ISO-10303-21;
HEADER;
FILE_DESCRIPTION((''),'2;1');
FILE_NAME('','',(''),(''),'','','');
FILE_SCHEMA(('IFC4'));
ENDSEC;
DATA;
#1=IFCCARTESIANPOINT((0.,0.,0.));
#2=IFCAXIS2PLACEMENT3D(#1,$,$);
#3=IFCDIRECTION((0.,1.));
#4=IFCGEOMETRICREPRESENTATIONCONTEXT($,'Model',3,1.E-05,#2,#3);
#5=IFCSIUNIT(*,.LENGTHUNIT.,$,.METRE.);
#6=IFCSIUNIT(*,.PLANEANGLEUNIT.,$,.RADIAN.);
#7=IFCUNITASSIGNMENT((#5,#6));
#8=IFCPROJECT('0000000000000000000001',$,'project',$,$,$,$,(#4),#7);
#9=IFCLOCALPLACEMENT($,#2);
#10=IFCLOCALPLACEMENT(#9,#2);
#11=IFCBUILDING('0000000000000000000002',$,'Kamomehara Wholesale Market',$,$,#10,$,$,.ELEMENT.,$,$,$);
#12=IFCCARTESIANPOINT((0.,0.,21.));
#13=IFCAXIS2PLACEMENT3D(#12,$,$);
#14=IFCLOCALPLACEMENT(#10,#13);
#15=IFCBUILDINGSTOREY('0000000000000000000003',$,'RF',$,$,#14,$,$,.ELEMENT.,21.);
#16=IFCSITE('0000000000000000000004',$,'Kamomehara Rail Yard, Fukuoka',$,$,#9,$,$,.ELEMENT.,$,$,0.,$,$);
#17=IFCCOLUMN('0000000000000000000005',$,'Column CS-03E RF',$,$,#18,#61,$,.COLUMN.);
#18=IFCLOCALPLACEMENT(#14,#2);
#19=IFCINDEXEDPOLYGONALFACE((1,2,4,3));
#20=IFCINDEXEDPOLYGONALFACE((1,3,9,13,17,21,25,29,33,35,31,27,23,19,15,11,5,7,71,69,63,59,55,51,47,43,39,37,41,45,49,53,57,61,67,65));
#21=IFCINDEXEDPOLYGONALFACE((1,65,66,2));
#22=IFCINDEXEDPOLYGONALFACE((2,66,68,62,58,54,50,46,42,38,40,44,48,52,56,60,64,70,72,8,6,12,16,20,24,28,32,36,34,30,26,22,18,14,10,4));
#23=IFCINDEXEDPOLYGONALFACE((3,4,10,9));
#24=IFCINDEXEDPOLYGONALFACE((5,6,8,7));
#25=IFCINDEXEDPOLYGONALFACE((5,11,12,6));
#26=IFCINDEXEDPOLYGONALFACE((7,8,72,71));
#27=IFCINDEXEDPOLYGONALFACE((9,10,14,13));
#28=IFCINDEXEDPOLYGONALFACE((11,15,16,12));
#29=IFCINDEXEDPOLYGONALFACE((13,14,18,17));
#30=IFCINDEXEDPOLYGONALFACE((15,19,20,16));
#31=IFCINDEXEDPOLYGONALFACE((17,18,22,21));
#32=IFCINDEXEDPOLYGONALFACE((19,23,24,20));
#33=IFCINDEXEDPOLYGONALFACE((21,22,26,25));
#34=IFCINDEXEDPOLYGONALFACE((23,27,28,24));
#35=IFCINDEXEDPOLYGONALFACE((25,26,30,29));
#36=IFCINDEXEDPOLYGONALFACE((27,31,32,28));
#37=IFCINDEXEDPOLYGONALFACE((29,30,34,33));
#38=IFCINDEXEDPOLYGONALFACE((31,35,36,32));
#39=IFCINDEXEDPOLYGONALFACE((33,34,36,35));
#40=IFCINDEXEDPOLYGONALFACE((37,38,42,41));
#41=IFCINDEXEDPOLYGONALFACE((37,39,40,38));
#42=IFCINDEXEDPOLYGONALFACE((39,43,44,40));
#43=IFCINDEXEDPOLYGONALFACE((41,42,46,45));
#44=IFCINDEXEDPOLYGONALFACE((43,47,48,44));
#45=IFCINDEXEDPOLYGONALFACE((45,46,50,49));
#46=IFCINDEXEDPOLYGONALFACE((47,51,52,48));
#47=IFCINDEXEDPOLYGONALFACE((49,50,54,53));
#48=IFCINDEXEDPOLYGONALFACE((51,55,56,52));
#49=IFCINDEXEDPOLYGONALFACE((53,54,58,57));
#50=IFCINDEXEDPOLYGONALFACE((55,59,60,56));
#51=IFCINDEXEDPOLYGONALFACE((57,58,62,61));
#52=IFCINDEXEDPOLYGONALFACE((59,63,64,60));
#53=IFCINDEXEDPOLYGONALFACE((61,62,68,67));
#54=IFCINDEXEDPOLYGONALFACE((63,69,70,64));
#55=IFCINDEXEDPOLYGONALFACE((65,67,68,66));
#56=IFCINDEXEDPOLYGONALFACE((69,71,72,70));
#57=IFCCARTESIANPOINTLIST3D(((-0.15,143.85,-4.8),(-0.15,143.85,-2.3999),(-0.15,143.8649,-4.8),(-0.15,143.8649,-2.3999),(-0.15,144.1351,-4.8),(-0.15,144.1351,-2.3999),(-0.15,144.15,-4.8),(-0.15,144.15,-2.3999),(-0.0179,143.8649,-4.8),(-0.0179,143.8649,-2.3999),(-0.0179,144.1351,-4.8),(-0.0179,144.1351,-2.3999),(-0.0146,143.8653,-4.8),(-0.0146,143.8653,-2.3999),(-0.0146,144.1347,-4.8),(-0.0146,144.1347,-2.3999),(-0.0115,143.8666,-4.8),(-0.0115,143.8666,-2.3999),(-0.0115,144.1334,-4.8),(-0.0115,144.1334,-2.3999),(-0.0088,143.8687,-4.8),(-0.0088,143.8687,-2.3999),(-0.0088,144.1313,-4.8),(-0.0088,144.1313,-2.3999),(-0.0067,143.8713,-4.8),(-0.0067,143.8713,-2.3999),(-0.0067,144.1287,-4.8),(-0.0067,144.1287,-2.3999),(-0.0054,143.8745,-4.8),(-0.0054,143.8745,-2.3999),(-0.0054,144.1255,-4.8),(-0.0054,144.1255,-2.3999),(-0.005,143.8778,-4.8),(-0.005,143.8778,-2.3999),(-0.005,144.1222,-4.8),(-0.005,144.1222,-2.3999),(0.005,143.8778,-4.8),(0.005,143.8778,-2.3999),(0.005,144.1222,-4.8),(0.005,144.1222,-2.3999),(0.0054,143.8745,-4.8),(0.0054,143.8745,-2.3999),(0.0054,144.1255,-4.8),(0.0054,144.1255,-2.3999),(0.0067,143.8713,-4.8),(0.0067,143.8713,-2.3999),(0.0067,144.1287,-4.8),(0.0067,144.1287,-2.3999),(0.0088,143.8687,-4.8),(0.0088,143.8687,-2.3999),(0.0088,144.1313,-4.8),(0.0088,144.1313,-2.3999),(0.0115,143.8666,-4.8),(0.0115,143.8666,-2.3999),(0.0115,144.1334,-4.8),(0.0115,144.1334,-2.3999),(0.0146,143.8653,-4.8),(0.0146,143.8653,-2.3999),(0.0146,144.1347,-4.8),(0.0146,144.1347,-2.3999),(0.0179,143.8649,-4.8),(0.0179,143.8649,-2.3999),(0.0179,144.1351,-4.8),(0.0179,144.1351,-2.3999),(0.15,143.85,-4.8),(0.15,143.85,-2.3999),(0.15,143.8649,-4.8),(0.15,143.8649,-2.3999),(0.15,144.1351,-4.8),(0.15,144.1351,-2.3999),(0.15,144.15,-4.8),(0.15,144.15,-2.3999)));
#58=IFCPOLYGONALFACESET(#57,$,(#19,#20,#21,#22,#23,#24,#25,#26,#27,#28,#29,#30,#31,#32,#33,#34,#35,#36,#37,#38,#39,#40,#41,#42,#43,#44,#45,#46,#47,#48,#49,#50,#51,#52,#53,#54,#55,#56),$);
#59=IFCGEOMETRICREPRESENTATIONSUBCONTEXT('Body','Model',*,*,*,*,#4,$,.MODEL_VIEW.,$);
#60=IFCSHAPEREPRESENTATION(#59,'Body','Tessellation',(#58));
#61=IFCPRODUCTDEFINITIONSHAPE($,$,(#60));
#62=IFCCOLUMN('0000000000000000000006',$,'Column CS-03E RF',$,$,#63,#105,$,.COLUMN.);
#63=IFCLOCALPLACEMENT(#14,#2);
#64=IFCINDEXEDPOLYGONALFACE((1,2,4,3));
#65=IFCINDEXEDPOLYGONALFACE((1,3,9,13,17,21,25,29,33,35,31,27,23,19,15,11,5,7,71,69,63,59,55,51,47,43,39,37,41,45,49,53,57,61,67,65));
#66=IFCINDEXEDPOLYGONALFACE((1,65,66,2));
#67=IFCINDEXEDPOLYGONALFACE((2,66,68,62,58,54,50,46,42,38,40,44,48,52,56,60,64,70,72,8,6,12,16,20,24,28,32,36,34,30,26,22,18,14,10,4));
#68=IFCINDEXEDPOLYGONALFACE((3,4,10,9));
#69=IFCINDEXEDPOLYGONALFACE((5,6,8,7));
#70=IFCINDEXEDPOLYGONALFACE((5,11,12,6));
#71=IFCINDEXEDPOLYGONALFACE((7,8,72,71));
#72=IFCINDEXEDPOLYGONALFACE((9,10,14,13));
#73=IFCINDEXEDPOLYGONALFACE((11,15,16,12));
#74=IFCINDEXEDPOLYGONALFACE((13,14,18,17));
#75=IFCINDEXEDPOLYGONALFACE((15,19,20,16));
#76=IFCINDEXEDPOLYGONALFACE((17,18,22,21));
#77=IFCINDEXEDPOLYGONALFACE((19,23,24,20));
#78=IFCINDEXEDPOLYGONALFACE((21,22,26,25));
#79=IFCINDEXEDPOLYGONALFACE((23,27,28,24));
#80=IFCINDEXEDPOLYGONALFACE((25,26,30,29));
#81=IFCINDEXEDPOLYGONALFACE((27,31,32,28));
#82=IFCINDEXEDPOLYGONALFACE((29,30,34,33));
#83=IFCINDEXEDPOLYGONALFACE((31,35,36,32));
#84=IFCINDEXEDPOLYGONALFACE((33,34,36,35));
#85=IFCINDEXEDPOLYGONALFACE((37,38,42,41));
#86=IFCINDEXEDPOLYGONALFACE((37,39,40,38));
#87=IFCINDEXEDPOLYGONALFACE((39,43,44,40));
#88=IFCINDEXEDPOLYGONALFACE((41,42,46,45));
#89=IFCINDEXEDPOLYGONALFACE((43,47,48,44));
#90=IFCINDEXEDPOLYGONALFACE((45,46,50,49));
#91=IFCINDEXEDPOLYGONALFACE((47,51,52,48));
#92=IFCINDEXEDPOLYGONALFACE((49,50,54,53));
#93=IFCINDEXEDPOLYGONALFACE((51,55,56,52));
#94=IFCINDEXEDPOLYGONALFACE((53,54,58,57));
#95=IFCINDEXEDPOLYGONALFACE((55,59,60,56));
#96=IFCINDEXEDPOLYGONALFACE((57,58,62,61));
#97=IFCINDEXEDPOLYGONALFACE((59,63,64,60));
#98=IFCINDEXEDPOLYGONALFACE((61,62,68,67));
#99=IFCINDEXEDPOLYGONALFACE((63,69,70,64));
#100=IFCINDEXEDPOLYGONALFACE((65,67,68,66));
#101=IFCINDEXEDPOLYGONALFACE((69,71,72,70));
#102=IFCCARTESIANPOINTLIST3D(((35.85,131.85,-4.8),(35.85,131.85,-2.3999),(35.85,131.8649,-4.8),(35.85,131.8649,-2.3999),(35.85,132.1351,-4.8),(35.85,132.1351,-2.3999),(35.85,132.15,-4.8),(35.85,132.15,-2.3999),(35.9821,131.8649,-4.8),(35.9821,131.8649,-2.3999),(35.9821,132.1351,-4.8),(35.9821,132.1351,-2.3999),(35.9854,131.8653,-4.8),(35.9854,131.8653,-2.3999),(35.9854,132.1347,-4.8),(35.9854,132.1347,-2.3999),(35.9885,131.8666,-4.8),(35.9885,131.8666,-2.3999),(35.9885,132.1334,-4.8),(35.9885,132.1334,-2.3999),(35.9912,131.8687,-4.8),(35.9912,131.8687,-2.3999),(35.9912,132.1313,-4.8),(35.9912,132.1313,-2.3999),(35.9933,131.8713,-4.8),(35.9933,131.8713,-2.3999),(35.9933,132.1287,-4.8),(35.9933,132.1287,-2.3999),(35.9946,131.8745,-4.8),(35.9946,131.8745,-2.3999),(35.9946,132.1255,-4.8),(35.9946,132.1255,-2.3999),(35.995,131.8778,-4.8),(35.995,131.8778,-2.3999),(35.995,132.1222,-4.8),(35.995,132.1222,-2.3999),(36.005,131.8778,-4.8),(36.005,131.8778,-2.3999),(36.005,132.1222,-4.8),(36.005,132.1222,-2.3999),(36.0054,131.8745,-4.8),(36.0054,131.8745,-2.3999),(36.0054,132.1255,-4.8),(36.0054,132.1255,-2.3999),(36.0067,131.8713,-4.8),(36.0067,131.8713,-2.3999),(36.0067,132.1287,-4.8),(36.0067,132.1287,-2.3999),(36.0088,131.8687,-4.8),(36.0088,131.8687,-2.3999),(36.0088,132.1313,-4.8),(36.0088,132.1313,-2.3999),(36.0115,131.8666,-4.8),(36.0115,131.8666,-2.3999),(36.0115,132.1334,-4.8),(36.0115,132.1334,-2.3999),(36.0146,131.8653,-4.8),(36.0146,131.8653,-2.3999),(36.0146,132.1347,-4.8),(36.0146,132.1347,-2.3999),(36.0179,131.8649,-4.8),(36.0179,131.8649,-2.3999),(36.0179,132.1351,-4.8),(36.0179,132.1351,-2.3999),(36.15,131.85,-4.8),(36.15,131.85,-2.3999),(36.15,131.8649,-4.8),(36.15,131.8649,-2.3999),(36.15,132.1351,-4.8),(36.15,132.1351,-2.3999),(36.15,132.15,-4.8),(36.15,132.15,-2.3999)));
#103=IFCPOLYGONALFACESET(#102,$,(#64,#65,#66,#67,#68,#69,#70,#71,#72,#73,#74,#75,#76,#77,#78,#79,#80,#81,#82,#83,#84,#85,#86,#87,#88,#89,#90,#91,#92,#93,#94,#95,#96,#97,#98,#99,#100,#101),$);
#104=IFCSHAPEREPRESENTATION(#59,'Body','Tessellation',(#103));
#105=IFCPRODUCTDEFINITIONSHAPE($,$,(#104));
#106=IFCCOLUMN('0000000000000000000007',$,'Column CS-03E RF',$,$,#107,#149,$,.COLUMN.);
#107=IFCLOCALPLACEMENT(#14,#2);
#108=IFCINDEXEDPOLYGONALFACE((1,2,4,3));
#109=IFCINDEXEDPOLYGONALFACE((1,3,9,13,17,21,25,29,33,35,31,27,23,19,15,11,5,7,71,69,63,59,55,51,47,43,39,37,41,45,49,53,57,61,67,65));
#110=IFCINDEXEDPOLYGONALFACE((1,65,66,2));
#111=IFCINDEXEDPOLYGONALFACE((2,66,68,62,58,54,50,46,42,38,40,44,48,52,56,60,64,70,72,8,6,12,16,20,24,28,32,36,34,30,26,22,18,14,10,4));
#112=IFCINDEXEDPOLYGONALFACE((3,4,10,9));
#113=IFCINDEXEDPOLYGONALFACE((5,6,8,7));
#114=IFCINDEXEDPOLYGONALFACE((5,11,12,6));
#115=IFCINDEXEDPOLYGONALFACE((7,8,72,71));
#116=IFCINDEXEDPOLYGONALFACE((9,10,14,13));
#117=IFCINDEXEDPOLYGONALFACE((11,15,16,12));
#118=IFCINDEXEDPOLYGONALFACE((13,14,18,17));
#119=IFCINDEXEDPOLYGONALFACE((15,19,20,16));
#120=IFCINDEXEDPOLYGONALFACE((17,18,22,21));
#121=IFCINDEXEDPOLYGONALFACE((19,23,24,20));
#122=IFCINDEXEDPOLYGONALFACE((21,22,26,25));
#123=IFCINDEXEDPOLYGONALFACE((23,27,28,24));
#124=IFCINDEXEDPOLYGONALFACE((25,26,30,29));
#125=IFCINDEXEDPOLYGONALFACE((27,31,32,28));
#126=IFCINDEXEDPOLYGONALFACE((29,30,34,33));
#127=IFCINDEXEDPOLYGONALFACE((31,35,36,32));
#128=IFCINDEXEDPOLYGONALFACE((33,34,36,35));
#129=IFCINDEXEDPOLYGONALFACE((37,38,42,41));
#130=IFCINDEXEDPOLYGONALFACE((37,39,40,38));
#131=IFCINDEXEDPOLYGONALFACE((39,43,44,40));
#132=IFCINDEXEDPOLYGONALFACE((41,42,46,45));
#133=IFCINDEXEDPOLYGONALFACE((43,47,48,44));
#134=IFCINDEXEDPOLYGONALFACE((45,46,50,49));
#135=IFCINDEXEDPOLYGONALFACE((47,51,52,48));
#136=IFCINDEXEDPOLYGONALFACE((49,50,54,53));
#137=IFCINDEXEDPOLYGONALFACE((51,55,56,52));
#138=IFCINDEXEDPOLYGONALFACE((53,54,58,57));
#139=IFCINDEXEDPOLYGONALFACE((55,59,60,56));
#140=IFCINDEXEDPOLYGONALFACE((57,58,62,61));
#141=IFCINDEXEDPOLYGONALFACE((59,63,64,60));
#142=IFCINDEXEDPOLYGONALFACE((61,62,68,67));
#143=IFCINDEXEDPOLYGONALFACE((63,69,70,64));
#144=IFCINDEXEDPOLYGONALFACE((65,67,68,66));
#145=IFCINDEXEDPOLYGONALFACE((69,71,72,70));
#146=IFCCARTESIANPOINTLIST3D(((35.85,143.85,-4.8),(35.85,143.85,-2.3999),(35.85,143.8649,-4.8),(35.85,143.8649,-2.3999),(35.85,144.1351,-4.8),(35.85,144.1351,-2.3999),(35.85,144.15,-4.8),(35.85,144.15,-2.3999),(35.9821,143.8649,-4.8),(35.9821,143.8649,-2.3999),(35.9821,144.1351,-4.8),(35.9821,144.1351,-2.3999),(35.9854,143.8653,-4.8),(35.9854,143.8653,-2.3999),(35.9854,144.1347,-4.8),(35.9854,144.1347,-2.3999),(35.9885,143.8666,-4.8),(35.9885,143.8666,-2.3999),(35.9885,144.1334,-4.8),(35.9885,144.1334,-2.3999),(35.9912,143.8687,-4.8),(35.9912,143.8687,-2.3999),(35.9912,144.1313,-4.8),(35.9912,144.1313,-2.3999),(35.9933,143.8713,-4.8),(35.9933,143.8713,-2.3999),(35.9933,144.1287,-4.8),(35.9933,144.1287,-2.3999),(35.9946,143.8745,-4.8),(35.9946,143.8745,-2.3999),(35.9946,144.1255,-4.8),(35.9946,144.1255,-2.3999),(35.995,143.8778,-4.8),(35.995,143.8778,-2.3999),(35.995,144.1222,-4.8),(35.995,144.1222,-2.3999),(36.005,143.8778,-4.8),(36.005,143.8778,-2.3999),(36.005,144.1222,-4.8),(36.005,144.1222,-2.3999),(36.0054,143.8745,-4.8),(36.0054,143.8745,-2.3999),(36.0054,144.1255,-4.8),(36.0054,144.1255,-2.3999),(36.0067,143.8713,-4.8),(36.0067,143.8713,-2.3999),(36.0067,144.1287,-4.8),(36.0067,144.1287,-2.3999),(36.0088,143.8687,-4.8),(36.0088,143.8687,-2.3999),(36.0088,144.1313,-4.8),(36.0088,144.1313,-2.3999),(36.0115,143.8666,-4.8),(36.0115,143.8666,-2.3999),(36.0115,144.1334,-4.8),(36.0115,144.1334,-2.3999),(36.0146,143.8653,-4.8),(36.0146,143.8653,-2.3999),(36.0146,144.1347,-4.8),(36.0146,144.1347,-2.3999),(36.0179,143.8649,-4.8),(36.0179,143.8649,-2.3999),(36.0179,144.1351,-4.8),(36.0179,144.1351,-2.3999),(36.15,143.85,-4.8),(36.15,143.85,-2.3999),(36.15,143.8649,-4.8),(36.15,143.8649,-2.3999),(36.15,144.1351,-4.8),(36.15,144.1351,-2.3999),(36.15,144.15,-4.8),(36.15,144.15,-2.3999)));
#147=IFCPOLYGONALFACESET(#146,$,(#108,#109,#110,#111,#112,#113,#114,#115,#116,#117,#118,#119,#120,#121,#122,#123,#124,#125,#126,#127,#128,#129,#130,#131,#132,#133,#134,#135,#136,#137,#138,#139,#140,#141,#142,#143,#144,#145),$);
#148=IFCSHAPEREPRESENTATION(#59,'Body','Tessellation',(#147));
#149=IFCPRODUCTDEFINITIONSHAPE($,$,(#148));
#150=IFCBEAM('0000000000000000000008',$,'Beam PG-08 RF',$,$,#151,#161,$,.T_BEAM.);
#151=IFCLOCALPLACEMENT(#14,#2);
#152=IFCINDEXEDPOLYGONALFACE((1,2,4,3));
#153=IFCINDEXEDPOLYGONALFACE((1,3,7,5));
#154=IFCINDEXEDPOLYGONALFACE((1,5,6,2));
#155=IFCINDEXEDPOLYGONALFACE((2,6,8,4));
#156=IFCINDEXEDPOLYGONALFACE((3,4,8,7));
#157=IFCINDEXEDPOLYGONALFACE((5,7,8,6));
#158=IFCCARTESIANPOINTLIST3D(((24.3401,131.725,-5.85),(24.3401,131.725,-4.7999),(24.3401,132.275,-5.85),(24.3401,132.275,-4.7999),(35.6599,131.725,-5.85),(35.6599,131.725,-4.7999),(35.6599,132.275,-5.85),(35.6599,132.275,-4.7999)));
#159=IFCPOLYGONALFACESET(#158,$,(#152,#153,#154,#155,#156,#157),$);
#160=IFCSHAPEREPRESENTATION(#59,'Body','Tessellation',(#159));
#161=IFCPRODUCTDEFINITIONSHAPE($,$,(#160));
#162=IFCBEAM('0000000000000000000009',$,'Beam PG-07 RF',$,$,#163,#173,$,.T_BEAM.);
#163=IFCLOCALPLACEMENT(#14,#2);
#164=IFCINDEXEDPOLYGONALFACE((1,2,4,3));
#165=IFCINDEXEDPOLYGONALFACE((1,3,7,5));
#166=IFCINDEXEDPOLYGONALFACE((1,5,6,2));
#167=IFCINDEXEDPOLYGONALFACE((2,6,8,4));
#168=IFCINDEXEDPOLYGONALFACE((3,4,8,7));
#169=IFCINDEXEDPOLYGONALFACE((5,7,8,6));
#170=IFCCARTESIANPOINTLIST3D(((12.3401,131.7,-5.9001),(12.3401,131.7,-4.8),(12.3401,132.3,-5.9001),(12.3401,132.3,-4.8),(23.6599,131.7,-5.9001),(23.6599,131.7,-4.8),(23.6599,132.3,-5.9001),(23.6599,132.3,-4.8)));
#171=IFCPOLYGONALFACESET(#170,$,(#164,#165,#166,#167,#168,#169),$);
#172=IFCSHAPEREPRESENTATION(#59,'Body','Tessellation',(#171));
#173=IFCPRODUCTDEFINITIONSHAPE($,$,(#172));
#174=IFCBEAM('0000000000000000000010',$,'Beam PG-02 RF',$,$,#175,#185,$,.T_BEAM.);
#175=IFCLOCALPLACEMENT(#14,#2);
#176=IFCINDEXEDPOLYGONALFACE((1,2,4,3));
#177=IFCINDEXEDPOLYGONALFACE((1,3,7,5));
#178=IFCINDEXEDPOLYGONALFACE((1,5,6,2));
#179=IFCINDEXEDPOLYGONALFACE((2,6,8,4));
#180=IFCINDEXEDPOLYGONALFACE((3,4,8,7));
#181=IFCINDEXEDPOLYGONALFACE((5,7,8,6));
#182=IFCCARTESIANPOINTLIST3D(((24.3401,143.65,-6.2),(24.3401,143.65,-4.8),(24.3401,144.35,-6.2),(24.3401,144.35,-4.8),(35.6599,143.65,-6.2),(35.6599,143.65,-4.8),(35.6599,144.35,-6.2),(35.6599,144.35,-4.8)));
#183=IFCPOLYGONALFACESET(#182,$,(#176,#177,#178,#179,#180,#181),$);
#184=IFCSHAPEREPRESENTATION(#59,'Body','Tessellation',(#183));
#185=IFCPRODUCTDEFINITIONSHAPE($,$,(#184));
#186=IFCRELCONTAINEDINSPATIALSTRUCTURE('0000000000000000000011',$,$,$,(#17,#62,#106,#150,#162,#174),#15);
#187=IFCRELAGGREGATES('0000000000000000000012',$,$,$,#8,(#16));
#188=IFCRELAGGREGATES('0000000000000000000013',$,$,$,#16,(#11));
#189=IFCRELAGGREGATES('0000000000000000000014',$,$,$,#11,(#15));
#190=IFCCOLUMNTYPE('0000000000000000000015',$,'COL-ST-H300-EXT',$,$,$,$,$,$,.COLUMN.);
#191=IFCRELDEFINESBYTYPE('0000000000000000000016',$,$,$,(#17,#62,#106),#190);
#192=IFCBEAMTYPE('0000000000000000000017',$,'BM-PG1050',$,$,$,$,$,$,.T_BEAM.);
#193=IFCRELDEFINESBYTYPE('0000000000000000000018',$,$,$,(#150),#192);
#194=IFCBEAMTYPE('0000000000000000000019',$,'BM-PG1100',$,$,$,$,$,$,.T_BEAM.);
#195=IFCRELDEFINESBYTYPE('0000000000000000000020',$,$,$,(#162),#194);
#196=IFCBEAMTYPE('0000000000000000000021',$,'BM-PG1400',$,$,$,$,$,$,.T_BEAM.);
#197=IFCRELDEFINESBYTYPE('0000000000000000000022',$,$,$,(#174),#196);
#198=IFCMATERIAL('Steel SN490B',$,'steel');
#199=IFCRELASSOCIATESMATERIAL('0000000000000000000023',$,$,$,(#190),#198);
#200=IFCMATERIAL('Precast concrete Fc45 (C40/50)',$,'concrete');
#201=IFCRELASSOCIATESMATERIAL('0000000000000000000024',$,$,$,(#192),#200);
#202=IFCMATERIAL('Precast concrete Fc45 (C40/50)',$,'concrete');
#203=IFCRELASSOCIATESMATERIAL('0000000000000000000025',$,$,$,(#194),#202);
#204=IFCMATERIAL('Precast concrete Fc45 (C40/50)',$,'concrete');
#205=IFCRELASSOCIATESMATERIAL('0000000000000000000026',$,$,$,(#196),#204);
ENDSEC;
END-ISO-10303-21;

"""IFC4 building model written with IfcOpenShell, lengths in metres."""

from ifc_helpers import new_model, si_unit, direction, frame, origin, origin_2d, place, context, subcontext, project, spatial, rectangle, i_section, extrude, material, material_profile, profile_set, type_object, element, save


model = new_model("IFC4")

# Units and contexts
model_context = context("Model", 3, precision=1e-05, world=origin(), true_north=direction((0.0, 1.0)))
body_context = subcontext(model_context, "Body", "Model", "MODEL_VIEW")
ifc_project = project(units=[si_unit("LENGTHUNIT", "METRE"), si_unit("PLANEANGLEUNIT", "RADIAN")], contexts=[model_context])

# Site, building, storey
site_placement = place(None, origin())
site = spatial("IfcSite", under=ifc_project, at=site_placement, Name="Kamomehara Rail Yard, Fukuoka", CompositionType="ELEMENT", RefElevation=0.0)
building_placement = place(site_placement, origin())
building = spatial("IfcBuilding", under=site, at=building_placement, Name="Kamomehara Wholesale Market", CompositionType="ELEMENT")
storey_placement = place(building_placement, frame((0.0, 0.0, 21.0)))
storey = spatial("IfcBuildingStorey", under=building, at=storey_placement, Name="RF", CompositionType="ELEMENT", Elevation=21.0)

# Columns
ifc_material_1 = material(Name="Steel SN490B", Category="steel")
ifc_material_profile_1 = material_profile(ifc_material_1, i_section(OverallWidth=0.3, OverallDepth=0.3, WebThickness=0.01, FlangeThickness=0.0149, FilletRadius=0.0129, at=origin_2d()), Name="H-300x300x10x15")
ifc_profile_set_1 = profile_set([ifc_material_profile_1], Name="Steel SN490B")
column_type_1 = type_object("IfcColumnType", Name="COL-ST-H300-EXT", PredefinedType="COLUMN", material=ifc_profile_set_1)
for number, where, z_axis, x_axis, name in (
    (1, (0.0, 144.0, -4.8), (0.0, 0.0, 1.0), (1.0, 0.0, 0.0), "Column CS-03E RF"),
    (2, (36.0, 132.0, -4.8), (0.0, 0.0, 1.0), (1.0, 0.0, 0.0), "Column CS-03E RF"),
    (3, (36.0, 144.0, -4.8), (0.0, 0.0, 1.0), (1.0, 0.0, 0.0), "Column CS-03E RF"),
):
    element("IfcColumn", number, at=place(storey_placement, frame(where, z_axis=z_axis, x_axis=x_axis)), inside=storey, type_object=column_type_1, Name=name, PredefinedType="COLUMN", context=body_context, shape_type="SweptSolid", body=[
        extrude(i_section(OverallWidth=0.3, OverallDepth=0.3, WebThickness=0.01, FlangeThickness=0.0149, FilletRadius=0.0129, at=origin_2d()), origin(), (0.0, 0.0, 1.0), 2.4001),
    ])

# Beams
ifc_material_2 = material(Name="Precast concrete Fc45 (C40/50)", Category="concrete")
ifc_material_profile_2 = material_profile(ifc_material_2, rectangle(XDim=0.55, YDim=1.05, at=origin_2d()), Name="PC-GRD-550x1050")
ifc_profile_set_2 = profile_set([ifc_material_profile_2], Name="Precast concrete Fc45 (C40/50)")
beam_type_1 = type_object("IfcBeamType", Name="BM-PG1050", PredefinedType="T_BEAM", material=ifc_profile_set_2)
beam_1_placement = place(storey_placement, frame((24.3401, 132.0, -5.325), z_axis=(1.0, 0.0, 0.0), x_axis=(0.0, 1.0, 0.0)))
element("IfcBeam", 4, at=beam_1_placement, inside=storey, type_object=beam_type_1, Name="Beam PG-08 RF", PredefinedType="T_BEAM", context=body_context, shape_type="SweptSolid", body=[
    extrude(rectangle(XDim=0.55, YDim=1.05, at=origin_2d()), origin(), (0.0, 0.0, 1.0), 11.3198),
])
ifc_material_3 = material(Name="Precast concrete Fc45 (C40/50)", Category="concrete")
ifc_material_profile_3 = material_profile(ifc_material_3, rectangle(XDim=0.6001, YDim=1.1001, at=origin_2d()), Name="PC-GRD-600x1100")
ifc_profile_set_3 = profile_set([ifc_material_profile_3], Name="Precast concrete Fc45 (C40/50)")
beam_type_2 = type_object("IfcBeamType", Name="BM-PG1100", PredefinedType="T_BEAM", material=ifc_profile_set_3)
beam_2_placement = place(storey_placement, frame((12.3401, 132.0, -5.3501), z_axis=(1.0, 0.0, 0.0), x_axis=(0.0, 1.0, 0.0)))
element("IfcBeam", 5, at=beam_2_placement, inside=storey, type_object=beam_type_2, Name="Beam PG-07 RF", PredefinedType="T_BEAM", context=body_context, shape_type="SweptSolid", body=[
    extrude(rectangle(XDim=0.6001, YDim=1.1001, at=origin_2d()), origin(), (0.0, 0.0, 1.0), 11.3198),
])
ifc_material_4 = material(Name="Precast concrete Fc45 (C40/50)", Category="concrete")
ifc_material_profile_4 = material_profile(ifc_material_4, rectangle(XDim=0.7, YDim=1.3999, at=origin_2d()), Name="PC-GRD-700x1400")
ifc_profile_set_4 = profile_set([ifc_material_profile_4], Name="Precast concrete Fc45 (C40/50)")
beam_type_3 = type_object("IfcBeamType", Name="BM-PG1400", PredefinedType="T_BEAM", material=ifc_profile_set_4)
beam_3_placement = place(storey_placement, frame((24.3401, 144.0, -5.5), z_axis=(1.0, 0.0, 0.0), x_axis=(0.0, 1.0, 0.0)))
element("IfcBeam", 6, at=beam_3_placement, inside=storey, type_object=beam_type_3, Name="Beam PG-02 RF", PredefinedType="T_BEAM", context=body_context, shape_type="SweptSolid", body=[
    extrude(rectangle(XDim=0.7, YDim=1.3999, at=origin_2d()), origin(), (0.0, 0.0, 1.0), 11.3198),
])

save(model, "model.ifc")
